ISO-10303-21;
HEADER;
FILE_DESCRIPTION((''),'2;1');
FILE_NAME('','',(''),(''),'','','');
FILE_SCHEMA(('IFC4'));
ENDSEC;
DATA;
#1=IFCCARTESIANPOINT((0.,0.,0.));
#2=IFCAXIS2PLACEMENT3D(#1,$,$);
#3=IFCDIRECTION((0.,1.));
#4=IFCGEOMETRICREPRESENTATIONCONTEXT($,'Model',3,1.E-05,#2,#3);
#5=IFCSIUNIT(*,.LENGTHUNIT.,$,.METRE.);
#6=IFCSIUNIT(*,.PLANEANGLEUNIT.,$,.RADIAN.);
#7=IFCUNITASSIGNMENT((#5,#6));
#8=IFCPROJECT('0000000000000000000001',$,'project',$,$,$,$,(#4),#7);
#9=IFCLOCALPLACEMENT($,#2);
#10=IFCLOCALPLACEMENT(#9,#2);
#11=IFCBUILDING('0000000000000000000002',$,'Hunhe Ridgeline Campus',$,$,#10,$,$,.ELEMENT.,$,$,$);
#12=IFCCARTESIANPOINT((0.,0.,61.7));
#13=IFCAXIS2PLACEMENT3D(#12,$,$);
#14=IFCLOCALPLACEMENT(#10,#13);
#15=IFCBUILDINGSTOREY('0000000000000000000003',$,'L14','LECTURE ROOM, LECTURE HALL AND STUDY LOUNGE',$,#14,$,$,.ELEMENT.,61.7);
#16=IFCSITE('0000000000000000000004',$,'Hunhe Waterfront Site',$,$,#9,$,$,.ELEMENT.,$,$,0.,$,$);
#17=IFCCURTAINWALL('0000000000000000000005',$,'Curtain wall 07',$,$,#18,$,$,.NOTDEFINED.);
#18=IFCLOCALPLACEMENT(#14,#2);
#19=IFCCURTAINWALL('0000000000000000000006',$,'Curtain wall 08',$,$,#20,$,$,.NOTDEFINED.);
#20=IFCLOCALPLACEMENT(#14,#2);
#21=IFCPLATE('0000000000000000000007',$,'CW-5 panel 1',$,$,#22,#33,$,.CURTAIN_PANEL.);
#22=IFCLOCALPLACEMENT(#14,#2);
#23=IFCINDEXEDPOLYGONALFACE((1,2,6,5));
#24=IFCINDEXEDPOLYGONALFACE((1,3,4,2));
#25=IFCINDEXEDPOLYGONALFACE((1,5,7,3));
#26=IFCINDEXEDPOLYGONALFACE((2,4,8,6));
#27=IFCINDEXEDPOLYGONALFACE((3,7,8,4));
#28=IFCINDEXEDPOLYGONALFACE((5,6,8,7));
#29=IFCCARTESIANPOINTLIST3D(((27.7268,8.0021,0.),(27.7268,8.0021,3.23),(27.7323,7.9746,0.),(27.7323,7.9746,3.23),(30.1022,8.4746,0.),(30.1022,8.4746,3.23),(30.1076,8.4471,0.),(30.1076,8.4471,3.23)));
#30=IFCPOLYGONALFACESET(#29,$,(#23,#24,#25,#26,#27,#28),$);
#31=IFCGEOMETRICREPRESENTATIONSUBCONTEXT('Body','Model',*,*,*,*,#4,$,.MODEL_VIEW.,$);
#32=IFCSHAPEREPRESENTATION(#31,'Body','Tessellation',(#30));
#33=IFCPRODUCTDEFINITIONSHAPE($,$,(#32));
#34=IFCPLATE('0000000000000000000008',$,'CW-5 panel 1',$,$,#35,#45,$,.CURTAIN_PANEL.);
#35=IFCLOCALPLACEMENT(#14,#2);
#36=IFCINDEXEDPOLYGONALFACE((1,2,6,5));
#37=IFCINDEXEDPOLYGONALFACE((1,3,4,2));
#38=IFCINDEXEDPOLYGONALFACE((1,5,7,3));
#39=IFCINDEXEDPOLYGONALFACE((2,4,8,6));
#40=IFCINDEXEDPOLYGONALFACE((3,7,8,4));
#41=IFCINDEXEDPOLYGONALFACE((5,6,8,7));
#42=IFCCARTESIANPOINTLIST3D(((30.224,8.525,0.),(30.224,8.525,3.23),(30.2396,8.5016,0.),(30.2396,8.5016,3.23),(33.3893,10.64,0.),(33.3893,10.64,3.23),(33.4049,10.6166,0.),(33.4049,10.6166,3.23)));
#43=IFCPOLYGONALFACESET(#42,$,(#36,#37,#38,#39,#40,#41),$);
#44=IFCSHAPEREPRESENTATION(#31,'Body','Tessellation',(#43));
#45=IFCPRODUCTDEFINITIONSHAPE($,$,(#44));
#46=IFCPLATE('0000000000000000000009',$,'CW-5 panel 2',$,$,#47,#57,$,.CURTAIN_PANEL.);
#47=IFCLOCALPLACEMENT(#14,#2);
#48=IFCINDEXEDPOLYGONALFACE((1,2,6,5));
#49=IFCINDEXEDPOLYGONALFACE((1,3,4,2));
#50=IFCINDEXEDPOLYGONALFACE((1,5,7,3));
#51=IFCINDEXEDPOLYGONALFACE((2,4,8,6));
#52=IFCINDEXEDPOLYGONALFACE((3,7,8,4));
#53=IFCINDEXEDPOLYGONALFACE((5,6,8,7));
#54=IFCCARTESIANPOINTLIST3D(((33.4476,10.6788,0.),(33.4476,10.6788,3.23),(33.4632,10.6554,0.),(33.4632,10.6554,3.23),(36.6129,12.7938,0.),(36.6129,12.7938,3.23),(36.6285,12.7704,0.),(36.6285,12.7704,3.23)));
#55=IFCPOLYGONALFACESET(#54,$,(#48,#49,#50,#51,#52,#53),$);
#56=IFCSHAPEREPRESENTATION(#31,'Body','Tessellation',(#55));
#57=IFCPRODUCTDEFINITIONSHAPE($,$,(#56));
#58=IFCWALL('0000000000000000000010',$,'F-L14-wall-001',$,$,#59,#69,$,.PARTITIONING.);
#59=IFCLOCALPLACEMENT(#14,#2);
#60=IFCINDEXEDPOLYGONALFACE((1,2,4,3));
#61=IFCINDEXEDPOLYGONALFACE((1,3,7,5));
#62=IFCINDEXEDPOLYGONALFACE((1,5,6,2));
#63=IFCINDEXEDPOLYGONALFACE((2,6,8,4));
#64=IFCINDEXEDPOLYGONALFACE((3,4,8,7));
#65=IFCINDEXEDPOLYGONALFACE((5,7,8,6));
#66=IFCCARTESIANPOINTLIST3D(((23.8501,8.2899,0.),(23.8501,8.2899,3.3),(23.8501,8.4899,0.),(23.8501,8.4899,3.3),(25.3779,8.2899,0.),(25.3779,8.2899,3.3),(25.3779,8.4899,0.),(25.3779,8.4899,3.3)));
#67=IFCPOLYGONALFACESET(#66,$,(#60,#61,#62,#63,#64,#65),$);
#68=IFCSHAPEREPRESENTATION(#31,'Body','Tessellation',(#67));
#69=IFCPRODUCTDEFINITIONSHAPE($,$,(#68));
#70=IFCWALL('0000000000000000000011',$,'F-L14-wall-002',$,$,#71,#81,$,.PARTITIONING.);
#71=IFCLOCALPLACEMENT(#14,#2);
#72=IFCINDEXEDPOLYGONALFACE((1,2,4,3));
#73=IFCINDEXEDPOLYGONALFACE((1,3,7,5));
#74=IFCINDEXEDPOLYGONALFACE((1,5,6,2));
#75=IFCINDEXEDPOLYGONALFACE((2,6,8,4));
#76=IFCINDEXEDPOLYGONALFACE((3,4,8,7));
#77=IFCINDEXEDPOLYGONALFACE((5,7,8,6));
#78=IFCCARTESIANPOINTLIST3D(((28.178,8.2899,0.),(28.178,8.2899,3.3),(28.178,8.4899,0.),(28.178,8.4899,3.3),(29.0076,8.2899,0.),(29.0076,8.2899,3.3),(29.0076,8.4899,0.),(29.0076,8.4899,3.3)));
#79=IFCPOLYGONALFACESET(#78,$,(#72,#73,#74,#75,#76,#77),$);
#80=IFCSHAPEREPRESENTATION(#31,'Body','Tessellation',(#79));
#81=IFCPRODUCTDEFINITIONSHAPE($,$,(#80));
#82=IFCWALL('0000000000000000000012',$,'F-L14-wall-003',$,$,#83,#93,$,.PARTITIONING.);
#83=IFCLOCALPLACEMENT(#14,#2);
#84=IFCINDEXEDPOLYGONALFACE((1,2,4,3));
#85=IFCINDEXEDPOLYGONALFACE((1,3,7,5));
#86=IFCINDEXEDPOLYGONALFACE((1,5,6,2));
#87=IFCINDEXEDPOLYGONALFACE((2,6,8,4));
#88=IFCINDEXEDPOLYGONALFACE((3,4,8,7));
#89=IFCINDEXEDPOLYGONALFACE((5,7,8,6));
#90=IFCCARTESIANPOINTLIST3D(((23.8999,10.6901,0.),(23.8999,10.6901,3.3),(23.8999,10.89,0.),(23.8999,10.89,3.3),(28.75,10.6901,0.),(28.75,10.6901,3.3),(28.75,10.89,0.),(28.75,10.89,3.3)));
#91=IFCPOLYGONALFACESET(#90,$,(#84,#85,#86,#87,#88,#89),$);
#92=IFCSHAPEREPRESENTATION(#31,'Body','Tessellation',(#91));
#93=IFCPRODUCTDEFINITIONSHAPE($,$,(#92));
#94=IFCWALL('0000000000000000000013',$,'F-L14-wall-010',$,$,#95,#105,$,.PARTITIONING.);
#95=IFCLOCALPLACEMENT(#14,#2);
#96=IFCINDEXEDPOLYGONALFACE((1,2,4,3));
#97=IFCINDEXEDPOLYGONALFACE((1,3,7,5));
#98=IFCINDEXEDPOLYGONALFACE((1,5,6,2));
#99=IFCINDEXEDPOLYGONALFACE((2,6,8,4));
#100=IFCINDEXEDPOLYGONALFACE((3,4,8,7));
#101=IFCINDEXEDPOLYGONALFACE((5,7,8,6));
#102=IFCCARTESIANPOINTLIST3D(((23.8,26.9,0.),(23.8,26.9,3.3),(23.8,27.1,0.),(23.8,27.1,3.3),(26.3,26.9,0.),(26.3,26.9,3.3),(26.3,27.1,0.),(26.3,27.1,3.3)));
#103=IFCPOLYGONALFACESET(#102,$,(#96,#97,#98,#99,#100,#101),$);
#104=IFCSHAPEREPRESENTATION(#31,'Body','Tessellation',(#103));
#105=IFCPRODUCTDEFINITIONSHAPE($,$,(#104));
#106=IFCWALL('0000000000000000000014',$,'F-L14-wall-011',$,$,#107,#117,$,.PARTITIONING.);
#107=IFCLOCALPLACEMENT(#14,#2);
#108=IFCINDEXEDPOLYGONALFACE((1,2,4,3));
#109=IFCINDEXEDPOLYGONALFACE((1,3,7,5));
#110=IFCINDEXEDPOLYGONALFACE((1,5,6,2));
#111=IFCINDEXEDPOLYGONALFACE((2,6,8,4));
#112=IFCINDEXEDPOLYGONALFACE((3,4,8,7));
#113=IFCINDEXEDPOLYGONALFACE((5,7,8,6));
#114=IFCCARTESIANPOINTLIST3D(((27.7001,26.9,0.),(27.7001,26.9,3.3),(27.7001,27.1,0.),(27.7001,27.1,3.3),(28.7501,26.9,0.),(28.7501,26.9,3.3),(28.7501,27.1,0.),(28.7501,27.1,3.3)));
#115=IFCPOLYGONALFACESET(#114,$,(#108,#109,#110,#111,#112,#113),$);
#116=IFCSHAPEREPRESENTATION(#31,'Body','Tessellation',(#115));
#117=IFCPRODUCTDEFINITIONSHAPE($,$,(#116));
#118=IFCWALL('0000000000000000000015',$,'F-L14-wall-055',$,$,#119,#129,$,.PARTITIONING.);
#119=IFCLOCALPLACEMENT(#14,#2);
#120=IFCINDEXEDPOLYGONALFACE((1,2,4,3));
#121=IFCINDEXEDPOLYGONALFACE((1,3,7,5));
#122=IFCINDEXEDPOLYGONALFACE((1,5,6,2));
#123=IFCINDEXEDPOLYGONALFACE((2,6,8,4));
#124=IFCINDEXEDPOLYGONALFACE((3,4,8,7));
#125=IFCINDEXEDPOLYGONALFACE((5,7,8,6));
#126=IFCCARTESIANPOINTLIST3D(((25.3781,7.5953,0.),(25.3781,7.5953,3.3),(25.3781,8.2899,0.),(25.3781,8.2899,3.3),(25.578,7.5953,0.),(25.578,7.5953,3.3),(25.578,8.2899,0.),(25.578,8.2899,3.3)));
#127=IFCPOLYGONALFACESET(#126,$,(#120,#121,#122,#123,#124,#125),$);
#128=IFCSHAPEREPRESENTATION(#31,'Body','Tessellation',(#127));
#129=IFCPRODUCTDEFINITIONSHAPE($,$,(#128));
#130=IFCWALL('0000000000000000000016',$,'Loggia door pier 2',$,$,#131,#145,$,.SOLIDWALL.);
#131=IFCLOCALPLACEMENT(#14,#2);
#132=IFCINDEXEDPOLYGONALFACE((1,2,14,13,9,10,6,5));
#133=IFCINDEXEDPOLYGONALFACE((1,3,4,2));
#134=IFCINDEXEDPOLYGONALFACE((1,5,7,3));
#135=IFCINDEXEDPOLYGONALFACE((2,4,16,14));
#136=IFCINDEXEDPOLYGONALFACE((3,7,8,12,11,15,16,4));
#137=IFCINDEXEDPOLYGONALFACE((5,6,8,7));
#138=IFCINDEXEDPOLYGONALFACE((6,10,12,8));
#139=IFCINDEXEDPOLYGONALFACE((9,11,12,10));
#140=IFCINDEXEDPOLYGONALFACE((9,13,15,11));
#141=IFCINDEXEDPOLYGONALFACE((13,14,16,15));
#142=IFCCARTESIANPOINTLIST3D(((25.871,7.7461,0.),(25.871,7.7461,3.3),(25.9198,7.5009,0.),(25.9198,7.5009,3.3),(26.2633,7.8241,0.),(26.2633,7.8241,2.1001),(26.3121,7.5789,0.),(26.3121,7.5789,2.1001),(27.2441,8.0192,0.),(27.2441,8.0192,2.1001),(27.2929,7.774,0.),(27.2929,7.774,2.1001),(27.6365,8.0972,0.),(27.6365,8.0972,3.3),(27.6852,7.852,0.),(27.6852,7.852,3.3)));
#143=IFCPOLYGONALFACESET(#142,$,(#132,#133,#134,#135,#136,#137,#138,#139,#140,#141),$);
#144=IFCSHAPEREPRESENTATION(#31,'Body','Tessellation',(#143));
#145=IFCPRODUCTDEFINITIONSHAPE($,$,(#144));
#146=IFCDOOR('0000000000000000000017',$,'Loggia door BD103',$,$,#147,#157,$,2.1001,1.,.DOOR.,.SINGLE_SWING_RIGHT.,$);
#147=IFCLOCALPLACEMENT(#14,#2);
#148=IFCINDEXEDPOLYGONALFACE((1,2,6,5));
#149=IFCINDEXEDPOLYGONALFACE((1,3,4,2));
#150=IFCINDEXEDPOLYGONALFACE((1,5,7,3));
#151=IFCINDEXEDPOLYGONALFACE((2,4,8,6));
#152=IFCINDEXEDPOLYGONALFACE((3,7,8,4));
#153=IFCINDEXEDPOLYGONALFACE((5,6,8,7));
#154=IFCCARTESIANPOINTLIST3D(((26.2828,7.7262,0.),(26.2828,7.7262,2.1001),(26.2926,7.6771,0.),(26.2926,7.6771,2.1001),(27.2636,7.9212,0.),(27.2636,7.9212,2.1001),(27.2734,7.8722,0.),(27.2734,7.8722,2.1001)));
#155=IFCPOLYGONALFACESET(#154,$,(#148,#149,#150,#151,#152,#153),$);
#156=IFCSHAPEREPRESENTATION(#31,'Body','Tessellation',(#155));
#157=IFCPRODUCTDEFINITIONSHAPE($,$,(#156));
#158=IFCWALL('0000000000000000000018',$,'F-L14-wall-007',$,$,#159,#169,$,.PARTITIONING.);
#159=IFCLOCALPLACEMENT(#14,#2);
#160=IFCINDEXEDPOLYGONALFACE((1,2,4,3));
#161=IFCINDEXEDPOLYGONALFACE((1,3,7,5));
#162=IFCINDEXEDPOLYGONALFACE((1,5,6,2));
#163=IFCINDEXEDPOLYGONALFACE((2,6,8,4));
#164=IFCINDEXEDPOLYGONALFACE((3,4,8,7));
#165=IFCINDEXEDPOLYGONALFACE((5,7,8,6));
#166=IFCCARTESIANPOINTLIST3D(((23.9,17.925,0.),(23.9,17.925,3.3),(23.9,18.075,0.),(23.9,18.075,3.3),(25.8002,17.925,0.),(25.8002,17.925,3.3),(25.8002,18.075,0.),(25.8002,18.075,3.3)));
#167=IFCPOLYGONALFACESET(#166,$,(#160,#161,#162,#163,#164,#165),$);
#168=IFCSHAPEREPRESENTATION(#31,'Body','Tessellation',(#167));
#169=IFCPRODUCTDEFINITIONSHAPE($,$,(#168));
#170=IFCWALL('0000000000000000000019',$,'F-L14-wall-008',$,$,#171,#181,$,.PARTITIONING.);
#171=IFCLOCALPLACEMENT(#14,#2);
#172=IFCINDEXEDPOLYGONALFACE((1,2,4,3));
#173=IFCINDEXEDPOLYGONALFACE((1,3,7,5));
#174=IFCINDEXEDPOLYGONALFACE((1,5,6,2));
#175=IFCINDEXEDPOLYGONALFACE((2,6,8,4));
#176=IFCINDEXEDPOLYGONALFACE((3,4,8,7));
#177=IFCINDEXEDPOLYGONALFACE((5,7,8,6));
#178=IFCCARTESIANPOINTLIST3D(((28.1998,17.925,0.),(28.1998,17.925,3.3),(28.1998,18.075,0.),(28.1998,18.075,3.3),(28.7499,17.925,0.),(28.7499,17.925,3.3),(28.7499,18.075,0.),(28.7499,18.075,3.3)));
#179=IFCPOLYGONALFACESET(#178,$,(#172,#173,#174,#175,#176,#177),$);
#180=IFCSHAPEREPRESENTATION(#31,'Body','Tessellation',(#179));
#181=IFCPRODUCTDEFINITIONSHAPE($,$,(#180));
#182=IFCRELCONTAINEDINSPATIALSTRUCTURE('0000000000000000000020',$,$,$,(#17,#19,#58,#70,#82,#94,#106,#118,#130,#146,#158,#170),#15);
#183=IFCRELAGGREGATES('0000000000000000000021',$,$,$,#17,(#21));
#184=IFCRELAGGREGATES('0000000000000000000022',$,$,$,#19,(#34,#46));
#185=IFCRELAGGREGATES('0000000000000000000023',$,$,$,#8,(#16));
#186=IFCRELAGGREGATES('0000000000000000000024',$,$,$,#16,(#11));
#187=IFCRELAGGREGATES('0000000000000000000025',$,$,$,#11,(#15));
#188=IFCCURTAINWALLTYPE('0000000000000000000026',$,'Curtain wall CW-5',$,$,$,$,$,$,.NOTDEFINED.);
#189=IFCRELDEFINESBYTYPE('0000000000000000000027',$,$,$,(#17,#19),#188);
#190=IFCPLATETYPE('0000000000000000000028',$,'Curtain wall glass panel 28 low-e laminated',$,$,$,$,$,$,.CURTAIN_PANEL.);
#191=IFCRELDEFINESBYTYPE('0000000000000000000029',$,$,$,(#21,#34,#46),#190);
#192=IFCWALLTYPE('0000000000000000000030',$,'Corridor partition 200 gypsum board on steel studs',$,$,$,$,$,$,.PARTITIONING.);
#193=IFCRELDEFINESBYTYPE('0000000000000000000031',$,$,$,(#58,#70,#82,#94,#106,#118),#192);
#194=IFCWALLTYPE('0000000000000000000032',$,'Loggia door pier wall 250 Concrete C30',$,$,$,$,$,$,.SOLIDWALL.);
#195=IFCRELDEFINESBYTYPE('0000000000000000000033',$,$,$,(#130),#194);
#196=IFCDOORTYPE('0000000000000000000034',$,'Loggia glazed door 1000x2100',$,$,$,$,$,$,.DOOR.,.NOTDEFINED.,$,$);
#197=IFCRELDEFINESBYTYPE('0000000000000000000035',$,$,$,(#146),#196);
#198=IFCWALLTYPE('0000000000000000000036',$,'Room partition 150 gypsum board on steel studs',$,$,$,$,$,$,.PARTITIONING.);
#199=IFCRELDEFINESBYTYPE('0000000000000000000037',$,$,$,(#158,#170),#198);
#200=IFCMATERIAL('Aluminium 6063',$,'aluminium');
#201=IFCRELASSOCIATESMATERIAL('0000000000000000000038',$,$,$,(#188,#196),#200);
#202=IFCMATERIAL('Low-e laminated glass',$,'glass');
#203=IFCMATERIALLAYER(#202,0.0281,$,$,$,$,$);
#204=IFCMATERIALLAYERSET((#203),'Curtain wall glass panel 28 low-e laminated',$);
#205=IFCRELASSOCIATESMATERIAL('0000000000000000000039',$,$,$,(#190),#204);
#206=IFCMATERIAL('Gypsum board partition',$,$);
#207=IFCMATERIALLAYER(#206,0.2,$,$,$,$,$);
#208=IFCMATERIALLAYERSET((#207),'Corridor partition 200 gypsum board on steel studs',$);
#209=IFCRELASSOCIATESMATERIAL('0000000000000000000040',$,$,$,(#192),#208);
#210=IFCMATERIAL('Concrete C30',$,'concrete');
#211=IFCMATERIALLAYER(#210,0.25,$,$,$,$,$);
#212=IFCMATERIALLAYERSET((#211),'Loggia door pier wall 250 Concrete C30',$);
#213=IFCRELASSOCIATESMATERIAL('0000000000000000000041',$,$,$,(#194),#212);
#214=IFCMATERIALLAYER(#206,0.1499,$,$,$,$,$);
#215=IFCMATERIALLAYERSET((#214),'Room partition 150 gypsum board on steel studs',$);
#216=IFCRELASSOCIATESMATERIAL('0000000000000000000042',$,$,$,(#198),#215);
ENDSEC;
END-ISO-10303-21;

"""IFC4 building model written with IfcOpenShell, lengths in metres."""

from ifc_helpers import new_model, si_unit, direction, frame, frame_2d, origin, origin_2d, place, context, subcontext, project, spatial, rectangle, extrude, material, layer, layer_set, type_object, element, fill, aggregate, save


model = new_model("IFC4")

# Units and contexts
model_context = context("Model", 3, precision=1e-05, world=origin(), true_north=direction((0.0, 1.0)))
body_context = subcontext(model_context, "Body", "Model", "MODEL_VIEW")
ifc_project = project(units=[si_unit("LENGTHUNIT", "METRE"), si_unit("PLANEANGLEUNIT", "RADIAN")], contexts=[model_context])

# Site, building, storey
site_placement = place(None, origin())
site = spatial("IfcSite", under=ifc_project, at=site_placement, Name="Hunhe Waterfront Site", CompositionType="ELEMENT", RefElevation=0.0)
building_placement = place(site_placement, origin())
building = spatial("IfcBuilding", under=site, at=building_placement, Name="Hunhe Ridgeline Campus", CompositionType="ELEMENT")
storey_placement = place(building_placement, frame((0.0, 0.0, 61.7)))
storey = spatial("IfcBuildingStorey", under=building, at=storey_placement, Name="L14", Description="LECTURE ROOM, LECTURE HALL AND STUDY LOUNGE", CompositionType="ELEMENT", Elevation=61.7)

# Shared definitions
ifc_material_1 = material(Name="Aluminium 6063", Category="aluminium")
curtain_wall_type = type_object("IfcCurtainWallType", Name="Curtain wall CW-5", PredefinedType="NOTDEFINED", material=ifc_material_1)

# Curtain walls
curtain_wall_1_placement = place(storey_placement, origin())
curtain_wall_1 = element("IfcCurtainWall", 1, at=curtain_wall_1_placement, inside=storey, type_object=curtain_wall_type, Name="Curtain wall 07", PredefinedType="NOTDEFINED")
curtain_wall_2_placement = place(storey_placement, origin())
curtain_wall_2 = element("IfcCurtainWall", 2, at=curtain_wall_2_placement, inside=storey, type_object=curtain_wall_type, Name="Curtain wall 08", PredefinedType="NOTDEFINED")

# Plates
ifc_material_2 = material(Name="Low-e laminated glass", Category="glass")
ifc_layer_1 = layer(ifc_material_2, 0.0281)
ifc_layer_set_1 = layer_set([ifc_layer_1], Name="Curtain wall glass panel 28 low-e laminated")
plate_type = type_object("IfcPlateType", Name="Curtain wall glass panel 28 low-e laminated", PredefinedType="CURTAIN_PANEL", material=ifc_layer_set_1)
plate_1_placement = place(storey_placement, frame((28.9172, 8.2246, 0.0), z_axis=(0.0, 0.0, 1.0), x_axis=(0.980785, 0.195091, 0.0)))
plate_1 = element("IfcPlate", 3, at=plate_1_placement, type_object=plate_type, Name="CW-5 panel 1", PredefinedType="CURTAIN_PANEL", context=body_context, shape_type="SweptSolid", body=[
    extrude(rectangle(XDim=2.4219, YDim=0.0281, at=origin_2d()), origin(), (0.0, 0.0, 1.0), 3.23),
])
aggregate(curtain_wall_1, [plate_1])
plate_2_placement = place(storey_placement, frame((31.8145, 9.5708, 0.0), z_axis=(0.0, 0.0, 1.0), x_axis=(0.83147, 0.55557, 0.0)))
plate_2 = element("IfcPlate", 4, at=plate_2_placement, type_object=plate_type, Name="CW-5 panel 1", PredefinedType="CURTAIN_PANEL", context=body_context, shape_type="SweptSolid", body=[
    extrude(rectangle(XDim=3.8069, YDim=0.0281, at=origin_2d()), origin(), (0.0, 0.0, 1.0), 3.23),
])
plate_3_placement = place(storey_placement, frame((35.0381, 11.7246, 0.0), z_axis=(0.0, 0.0, 1.0), x_axis=(0.83147, 0.55557, 0.0)))
plate_3 = element("IfcPlate", 5, at=plate_3_placement, type_object=plate_type, Name="CW-5 panel 2", PredefinedType="CURTAIN_PANEL", context=body_context, shape_type="SweptSolid", body=[
    extrude(rectangle(XDim=3.8069, YDim=0.0281, at=origin_2d()), origin(), (0.0, 0.0, 1.0), 3.23),
])
aggregate(curtain_wall_2, [plate_2, plate_3])

# Walls
ifc_material_3 = material(Name="Gypsum board partition")
ifc_layer_2 = layer(ifc_material_3, 0.2)
ifc_layer_set_2 = layer_set([ifc_layer_2], Name="Corridor partition 200 gypsum board on steel studs")
wall_type_1 = type_object("IfcWallType", Name="Corridor partition 200 gypsum board on steel studs", PredefinedType="PARTITIONING", material=ifc_layer_set_2)
wall_1_placement = place(storey_placement, frame((25.3779, 8.3899, 0.0), z_axis=(0.0, 0.0, 1.0), x_axis=(-1.0, 0.0, 0.0)))
element("IfcWall", 6, at=wall_1_placement, inside=storey, type_object=wall_type_1, Name="F-L14-wall-001", PredefinedType="PARTITIONING", context=body_context, shape_type="SweptSolid", body=[
    extrude(rectangle(XDim=1.5278, YDim=0.2, at=frame_2d((0.7639, 0.0))), origin(), (0.0, 0.0, 1.0), 3.3),
])
wall_2_placement = place(storey_placement, frame((29.0076, 8.3899, 0.0), z_axis=(0.0, 0.0, 1.0), x_axis=(-1.0, 0.0, 0.0)))
element("IfcWall", 7, at=wall_2_placement, inside=storey, type_object=wall_type_1, Name="F-L14-wall-002", PredefinedType="PARTITIONING", context=body_context, shape_type="SweptSolid", body=[
    extrude(rectangle(XDim=0.8296, YDim=0.2, at=frame_2d((0.4148, 0.0))), origin(), (0.0, 0.0, 1.0), 3.3),
])
wall_3_placement = place(storey_placement, frame((23.8999, 10.79, 0.0), z_axis=(0.0, 0.0, 1.0), x_axis=(1.0, 0.0, 0.0)))
element("IfcWall", 8, at=wall_3_placement, inside=storey, type_object=wall_type_1, Name="F-L14-wall-003", PredefinedType="PARTITIONING", context=body_context, shape_type="SweptSolid", body=[
    extrude(rectangle(XDim=4.8501, YDim=0.2, at=frame_2d((2.425, 0.0))), origin(), (0.0, 0.0, 1.0), 3.3),
])
wall_4_placement = place(storey_placement, frame((26.3, 27.0, 0.0), z_axis=(0.0, 0.0, 1.0), x_axis=(-1.0, 0.0, 0.0)))
element("IfcWall", 9, at=wall_4_placement, inside=storey, type_object=wall_type_1, Name="F-L14-wall-010", PredefinedType="PARTITIONING", context=body_context, shape_type="SweptSolid", body=[
    extrude(rectangle(XDim=2.5, YDim=0.2, at=frame_2d((1.25, 0.0))), origin(), (0.0, 0.0, 1.0), 3.3),
])
wall_5_placement = place(storey_placement, frame((28.75, 27.0, 0.0), z_axis=(0.0, 0.0, 1.0), x_axis=(-1.0, 0.0, 0.0)))
element("IfcWall", 10, at=wall_5_placement, inside=storey, type_object=wall_type_1, Name="F-L14-wall-011", PredefinedType="PARTITIONING", context=body_context, shape_type="SweptSolid", body=[
    extrude(rectangle(XDim=1.05, YDim=0.2, at=frame_2d((0.5249, 0.0))), origin(), (0.0, 0.0, 1.0), 3.3),
])

# Wall
wall_6_placement = place(storey_placement, frame((25.478, 7.5955, 0.0), z_axis=(0.0, 0.0, 1.0), x_axis=(0.0, 1.0, 0.0)))
element("IfcWall", 11, at=wall_6_placement, inside=storey, type_object=wall_type_1, Name="F-L14-wall-055", PredefinedType="PARTITIONING", context=body_context, shape_type="SweptSolid", body=[
    extrude(rectangle(XDim=0.6946, YDim=0.2, at=frame_2d((0.3472, 0.0))), origin(), (0.0, 0.0, 1.0), 3.3),
])

# Wall, opening, door
ifc_material_4 = material(Name="Concrete C30", Category="concrete")
ifc_layer_3 = layer(ifc_material_4, 0.25)
ifc_layer_set_3 = layer_set([ifc_layer_3], Name="Loggia door pier wall 250 Concrete C30")
wall_type_2 = type_object("IfcWallType", Name="Loggia door pier wall 250 Concrete C30", PredefinedType="SOLIDWALL", material=ifc_layer_set_3)
wall_7_placement = place(storey_placement, frame((25.8955, 7.6235, 0.0), z_axis=(0.0, 0.0, 1.0), x_axis=(0.980794, 0.195047, 0.0)))
wall_7 = element("IfcWall", 12, at=wall_7_placement, inside=storey, type_object=wall_type_2, Name="Loggia door pier 2", PredefinedType="SOLIDWALL", context=body_context, shape_type="SweptSolid", body=[
    extrude(rectangle(XDim=1.8, YDim=0.25, at=frame_2d((0.8999, 0.0))), origin(), (0.0, 0.0, 1.0), 3.3),
])
opening_1_placement = place(wall_7_placement, frame((0.3999, 0.0, 0.0)))
opening_1 = element("IfcOpeningElement", 13, at=opening_1_placement, cuts=wall_7, PredefinedType="OPENING", context=body_context, shape_type="SweptSolid", body=[
    extrude(rectangle(XDim=1.0, YDim=2.1001, at=frame_2d((0.5, 1.05))), frame((0.0, 0.125, 0.0), z_axis=(0.0, -1.0, 0.0), x_axis=(1.0, 0.0, 0.0)), (0.0, 0.0, 1.0), 0.25),
])
door_type_1 = type_object("IfcDoorType", Name="Loggia glazed door 1000x2100", OperationType="NOTDEFINED", PredefinedType="DOOR", material=ifc_material_1)
door_1_placement = place(opening_1_placement, frame((1.0, 0.0, 0.0), z_axis=(0.0, 0.0, 1.0), x_axis=(-1.0, 0.0, 0.0)))
door_1 = element("IfcDoor", 14, at=door_1_placement, inside=storey, type_object=door_type_1, Name="Loggia door BD103", OperationType="SINGLE_SWING_RIGHT", OverallHeight=2.1001, OverallWidth=1.0, PredefinedType="DOOR", context=body_context, shape_type="SweptSolid", body=[
    extrude(rectangle(XDim=1.0, YDim=2.1001, at=frame_2d((0.5, 1.05))), frame((0.0, 0.0249, 0.0), z_axis=(0.0, -1.0, 0.0), x_axis=(1.0, 0.0, 0.0)), (0.0, 0.0, 1.0), 0.05),
])
fill(opening_1, door_1)

# Walls
ifc_layer_4 = layer(ifc_material_3, 0.1499)
ifc_layer_set_4 = layer_set([ifc_layer_4], Name="Room partition 150 gypsum board on steel studs")
wall_type_3 = type_object("IfcWallType", Name="Room partition 150 gypsum board on steel studs", PredefinedType="PARTITIONING", material=ifc_layer_set_4)
wall_8_placement = place(storey_placement, frame((23.8999, 18.0, 0.0), z_axis=(0.0, 0.0, 1.0), x_axis=(1.0, 0.0, 0.0)))
element("IfcWall", 15, at=wall_8_placement, inside=storey, type_object=wall_type_3, Name="F-L14-wall-007", PredefinedType="PARTITIONING", context=body_context, shape_type="SweptSolid", body=[
    extrude(rectangle(XDim=1.9001, YDim=0.1499, at=frame_2d((0.9502, 0.0))), origin(), (0.0, 0.0, 1.0), 3.3),
])
wall_9_placement = place(storey_placement, frame((28.2, 18.0, 0.0), z_axis=(0.0, 0.0, 1.0), x_axis=(1.0, 0.0, 0.0)))
element("IfcWall", 16, at=wall_9_placement, inside=storey, type_object=wall_type_3, Name="F-L14-wall-008", PredefinedType="PARTITIONING", context=body_context, shape_type="SweptSolid", body=[
    extrude(rectangle(XDim=0.55, YDim=0.1499, at=frame_2d((0.2749, 0.0))), origin(), (0.0, 0.0, 1.0), 3.3),
])

save(model, "model.ifc")
